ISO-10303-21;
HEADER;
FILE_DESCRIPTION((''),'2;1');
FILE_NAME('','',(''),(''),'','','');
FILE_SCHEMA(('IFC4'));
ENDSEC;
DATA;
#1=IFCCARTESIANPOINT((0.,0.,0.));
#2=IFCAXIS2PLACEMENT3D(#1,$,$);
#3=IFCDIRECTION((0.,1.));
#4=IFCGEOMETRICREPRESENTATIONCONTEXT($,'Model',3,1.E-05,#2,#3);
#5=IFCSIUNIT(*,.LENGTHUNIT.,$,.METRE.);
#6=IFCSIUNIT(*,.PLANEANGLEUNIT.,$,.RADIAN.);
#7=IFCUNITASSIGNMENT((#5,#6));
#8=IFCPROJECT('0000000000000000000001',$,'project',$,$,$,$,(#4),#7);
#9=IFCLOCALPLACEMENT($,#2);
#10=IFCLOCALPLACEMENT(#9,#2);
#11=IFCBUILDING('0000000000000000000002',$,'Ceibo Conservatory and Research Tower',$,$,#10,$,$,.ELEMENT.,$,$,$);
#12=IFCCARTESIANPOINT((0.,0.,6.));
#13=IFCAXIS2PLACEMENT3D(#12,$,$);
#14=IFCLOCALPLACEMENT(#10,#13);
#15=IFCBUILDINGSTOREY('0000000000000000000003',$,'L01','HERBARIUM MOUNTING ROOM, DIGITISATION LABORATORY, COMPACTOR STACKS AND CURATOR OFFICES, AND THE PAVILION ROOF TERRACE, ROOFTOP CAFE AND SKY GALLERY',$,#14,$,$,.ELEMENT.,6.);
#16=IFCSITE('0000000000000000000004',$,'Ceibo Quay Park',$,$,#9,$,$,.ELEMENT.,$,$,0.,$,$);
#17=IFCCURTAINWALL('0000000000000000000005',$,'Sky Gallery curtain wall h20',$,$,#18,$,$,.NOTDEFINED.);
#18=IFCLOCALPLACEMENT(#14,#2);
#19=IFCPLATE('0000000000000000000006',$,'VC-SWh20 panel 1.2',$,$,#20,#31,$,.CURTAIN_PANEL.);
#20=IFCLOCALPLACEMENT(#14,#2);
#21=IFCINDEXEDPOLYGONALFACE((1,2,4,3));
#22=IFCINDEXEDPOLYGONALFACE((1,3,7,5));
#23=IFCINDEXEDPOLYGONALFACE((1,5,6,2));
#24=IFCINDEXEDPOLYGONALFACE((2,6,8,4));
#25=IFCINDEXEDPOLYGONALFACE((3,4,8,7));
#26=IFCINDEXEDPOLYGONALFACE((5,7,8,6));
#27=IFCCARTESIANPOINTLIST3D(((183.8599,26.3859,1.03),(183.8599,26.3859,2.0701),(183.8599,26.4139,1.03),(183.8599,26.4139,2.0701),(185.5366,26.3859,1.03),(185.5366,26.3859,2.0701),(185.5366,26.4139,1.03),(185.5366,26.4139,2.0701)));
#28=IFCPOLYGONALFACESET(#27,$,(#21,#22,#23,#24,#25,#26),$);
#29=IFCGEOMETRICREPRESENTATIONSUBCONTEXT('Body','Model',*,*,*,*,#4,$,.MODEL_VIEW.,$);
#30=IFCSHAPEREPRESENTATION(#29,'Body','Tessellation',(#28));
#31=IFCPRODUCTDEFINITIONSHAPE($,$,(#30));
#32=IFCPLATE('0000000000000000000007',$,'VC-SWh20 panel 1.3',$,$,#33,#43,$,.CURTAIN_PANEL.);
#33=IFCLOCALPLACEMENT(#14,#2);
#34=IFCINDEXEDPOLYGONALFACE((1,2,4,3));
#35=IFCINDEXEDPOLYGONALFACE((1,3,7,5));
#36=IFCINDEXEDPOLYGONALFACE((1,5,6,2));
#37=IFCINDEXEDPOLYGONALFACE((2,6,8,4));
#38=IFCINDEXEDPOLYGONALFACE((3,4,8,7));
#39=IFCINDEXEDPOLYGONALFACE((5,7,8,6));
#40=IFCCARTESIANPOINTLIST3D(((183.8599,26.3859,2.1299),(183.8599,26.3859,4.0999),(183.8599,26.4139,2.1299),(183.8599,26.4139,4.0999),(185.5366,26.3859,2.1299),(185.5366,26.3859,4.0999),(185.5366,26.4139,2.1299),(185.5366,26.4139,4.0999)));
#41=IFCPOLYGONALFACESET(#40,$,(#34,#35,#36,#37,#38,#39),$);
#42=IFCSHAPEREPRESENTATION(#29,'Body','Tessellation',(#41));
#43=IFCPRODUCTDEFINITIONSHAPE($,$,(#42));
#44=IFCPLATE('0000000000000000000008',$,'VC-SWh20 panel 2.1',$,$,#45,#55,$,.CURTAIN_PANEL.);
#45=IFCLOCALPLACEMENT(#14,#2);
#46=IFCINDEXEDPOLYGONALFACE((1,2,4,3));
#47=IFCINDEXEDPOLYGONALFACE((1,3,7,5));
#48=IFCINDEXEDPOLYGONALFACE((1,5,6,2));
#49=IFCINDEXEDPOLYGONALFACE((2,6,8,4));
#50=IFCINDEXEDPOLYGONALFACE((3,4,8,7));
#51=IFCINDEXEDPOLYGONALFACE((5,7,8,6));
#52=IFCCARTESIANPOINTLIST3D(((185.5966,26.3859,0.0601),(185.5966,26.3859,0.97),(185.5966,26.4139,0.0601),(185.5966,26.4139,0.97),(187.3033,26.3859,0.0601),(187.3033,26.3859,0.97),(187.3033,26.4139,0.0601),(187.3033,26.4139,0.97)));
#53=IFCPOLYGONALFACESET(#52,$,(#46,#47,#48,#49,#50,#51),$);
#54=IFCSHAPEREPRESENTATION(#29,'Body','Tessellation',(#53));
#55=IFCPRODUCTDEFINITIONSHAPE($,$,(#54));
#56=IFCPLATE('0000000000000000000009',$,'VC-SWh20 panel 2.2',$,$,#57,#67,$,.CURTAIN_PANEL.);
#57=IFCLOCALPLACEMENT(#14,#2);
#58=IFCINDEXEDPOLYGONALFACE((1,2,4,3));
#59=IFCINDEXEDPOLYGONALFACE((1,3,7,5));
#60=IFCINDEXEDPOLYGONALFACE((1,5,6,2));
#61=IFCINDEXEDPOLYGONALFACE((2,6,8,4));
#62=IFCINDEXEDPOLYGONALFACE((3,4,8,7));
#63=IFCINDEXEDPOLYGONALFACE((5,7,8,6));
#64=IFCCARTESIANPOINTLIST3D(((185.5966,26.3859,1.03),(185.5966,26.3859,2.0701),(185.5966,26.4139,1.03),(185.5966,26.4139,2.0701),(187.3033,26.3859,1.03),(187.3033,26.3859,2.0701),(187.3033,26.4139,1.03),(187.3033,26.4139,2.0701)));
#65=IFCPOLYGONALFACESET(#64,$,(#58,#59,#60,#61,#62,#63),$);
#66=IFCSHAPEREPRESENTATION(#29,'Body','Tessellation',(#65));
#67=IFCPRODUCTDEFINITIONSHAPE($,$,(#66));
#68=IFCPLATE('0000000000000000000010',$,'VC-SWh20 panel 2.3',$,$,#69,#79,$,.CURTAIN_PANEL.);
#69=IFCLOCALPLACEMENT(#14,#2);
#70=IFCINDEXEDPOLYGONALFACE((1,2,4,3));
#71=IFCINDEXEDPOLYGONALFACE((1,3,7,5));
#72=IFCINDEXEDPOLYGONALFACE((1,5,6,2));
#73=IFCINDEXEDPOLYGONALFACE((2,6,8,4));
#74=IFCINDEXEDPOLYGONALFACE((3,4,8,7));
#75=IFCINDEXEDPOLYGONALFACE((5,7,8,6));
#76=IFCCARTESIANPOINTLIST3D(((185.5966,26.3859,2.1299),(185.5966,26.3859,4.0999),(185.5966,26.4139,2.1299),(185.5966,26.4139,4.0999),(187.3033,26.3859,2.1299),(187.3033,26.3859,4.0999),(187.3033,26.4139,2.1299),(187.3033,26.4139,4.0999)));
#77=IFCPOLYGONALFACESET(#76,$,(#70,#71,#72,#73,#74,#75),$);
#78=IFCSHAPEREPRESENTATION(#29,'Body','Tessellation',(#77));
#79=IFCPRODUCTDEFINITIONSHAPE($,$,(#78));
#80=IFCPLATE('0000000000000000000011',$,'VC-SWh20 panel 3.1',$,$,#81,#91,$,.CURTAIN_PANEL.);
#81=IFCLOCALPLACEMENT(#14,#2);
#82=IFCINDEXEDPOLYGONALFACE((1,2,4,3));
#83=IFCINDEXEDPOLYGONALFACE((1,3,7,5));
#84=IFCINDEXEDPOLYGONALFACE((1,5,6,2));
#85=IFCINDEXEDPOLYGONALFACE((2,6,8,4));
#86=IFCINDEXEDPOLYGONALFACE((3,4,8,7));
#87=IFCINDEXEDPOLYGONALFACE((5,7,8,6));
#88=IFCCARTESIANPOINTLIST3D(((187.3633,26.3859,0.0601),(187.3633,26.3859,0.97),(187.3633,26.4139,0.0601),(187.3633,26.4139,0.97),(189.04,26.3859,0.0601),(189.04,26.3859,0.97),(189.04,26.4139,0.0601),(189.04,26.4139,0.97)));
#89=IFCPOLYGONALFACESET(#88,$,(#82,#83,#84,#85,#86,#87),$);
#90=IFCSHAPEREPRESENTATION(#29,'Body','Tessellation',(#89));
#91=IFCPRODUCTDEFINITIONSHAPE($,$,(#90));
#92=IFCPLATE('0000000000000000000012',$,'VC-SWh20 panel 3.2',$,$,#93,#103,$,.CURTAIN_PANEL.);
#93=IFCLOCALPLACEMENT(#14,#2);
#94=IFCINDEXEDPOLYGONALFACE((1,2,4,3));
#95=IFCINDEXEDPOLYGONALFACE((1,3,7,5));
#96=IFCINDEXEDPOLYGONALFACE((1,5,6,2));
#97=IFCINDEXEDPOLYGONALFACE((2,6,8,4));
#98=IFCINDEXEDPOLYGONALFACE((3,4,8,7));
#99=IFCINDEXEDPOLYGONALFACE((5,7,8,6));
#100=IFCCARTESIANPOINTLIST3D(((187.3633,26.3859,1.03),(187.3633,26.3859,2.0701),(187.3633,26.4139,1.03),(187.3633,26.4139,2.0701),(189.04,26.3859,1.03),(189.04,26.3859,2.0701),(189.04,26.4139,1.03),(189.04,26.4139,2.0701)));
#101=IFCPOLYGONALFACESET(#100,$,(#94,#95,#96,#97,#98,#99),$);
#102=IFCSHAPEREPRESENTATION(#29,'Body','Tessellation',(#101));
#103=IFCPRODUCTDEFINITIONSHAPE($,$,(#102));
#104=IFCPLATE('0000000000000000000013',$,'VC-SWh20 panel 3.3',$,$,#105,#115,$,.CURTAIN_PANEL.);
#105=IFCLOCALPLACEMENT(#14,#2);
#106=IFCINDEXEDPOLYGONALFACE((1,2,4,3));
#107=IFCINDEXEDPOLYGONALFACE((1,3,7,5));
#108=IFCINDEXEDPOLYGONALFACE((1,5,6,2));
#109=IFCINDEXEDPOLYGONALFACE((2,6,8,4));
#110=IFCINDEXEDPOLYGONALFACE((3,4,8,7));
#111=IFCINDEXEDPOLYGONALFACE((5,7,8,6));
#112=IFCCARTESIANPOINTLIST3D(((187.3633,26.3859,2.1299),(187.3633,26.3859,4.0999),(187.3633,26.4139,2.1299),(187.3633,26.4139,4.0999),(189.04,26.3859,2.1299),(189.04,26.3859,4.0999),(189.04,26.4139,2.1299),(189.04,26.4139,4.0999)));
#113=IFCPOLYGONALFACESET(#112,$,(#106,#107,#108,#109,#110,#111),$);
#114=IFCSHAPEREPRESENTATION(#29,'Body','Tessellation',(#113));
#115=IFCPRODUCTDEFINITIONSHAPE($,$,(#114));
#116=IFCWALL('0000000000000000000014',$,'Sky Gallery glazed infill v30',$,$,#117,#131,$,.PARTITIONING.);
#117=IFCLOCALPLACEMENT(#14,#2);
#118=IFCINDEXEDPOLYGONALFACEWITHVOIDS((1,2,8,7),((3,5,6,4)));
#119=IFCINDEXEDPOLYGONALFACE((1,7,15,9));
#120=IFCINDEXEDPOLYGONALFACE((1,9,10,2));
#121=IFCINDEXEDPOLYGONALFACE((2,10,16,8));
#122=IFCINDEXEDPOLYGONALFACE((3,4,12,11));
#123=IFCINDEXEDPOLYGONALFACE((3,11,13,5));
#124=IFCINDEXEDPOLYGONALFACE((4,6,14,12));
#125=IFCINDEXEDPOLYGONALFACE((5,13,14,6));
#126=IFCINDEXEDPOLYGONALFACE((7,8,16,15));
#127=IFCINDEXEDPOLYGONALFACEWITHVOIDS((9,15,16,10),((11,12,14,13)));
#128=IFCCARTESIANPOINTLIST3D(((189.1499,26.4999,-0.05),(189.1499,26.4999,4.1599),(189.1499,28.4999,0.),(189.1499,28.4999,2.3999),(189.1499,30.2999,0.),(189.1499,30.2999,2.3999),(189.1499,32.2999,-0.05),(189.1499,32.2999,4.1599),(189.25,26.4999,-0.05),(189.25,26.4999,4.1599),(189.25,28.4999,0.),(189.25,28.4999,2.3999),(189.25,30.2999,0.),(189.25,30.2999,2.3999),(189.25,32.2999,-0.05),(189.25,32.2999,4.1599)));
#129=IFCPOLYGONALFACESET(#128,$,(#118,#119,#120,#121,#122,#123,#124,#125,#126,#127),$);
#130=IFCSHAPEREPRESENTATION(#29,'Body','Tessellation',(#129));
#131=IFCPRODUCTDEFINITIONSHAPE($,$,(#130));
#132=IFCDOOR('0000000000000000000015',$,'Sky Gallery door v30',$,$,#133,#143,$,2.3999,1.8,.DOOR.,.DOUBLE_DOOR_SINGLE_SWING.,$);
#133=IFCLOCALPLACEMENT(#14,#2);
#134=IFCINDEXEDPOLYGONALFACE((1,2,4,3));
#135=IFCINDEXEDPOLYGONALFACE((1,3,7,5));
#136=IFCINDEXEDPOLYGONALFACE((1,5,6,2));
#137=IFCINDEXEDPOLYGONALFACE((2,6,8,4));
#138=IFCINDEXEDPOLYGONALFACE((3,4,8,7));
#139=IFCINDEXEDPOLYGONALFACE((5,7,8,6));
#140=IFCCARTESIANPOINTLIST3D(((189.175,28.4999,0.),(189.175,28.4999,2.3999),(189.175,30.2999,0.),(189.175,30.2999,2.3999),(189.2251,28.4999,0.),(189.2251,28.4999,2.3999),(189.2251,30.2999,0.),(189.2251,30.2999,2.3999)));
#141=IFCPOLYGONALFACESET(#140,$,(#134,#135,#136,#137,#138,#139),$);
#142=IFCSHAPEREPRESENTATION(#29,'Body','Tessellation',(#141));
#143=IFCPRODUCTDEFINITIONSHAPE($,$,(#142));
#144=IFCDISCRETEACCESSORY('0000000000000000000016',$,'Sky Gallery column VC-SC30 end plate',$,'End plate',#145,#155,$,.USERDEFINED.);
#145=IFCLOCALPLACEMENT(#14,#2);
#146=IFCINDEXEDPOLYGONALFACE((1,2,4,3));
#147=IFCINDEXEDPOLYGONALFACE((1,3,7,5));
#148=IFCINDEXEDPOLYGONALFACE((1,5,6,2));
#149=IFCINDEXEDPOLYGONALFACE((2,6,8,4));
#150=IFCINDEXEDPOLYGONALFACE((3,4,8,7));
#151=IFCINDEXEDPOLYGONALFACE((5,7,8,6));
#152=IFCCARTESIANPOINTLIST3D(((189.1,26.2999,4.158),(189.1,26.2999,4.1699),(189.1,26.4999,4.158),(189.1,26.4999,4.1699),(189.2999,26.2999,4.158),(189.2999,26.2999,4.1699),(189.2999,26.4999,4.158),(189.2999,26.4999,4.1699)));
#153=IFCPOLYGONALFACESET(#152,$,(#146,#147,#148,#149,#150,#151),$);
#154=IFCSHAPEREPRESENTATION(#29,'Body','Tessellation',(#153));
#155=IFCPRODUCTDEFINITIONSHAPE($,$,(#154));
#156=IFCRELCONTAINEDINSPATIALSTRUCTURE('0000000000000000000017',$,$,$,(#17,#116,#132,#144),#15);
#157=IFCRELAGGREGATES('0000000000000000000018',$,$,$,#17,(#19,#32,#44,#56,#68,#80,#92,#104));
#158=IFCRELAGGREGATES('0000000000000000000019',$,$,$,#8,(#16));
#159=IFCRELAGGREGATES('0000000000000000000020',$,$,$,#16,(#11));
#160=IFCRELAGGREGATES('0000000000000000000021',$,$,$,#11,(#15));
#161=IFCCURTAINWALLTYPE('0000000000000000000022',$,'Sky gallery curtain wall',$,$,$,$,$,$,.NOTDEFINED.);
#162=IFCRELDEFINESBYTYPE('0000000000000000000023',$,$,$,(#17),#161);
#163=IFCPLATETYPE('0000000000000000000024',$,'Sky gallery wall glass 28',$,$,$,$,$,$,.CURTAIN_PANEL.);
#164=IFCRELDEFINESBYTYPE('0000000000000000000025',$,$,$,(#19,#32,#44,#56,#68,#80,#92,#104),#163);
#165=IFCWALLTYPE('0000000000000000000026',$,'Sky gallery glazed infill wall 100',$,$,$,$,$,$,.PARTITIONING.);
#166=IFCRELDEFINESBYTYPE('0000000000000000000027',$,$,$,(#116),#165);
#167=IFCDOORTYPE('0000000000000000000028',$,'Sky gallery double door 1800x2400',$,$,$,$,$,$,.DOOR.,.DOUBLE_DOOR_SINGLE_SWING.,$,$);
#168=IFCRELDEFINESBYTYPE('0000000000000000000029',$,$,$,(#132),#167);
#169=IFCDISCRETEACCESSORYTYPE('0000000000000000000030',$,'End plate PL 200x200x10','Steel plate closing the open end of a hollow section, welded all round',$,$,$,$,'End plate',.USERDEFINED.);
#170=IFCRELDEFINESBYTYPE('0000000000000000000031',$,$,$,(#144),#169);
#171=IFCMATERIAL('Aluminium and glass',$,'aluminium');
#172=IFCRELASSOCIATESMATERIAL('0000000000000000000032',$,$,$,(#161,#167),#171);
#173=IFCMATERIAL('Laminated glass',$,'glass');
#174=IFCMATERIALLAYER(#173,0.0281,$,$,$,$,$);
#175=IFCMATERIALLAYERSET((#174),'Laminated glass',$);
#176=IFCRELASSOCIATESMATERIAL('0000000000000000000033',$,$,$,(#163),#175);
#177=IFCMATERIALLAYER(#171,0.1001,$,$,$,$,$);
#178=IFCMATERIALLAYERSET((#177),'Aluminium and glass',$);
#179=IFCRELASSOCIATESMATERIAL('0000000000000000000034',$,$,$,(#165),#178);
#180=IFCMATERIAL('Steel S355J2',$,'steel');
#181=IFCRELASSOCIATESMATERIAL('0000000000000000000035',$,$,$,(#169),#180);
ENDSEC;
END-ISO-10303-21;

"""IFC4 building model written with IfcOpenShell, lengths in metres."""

from ifc_helpers import new_model, si_unit, direction, frame, frame_2d, origin, origin_2d, place, context, subcontext, project, spatial, rectangle, extrude, material, layer, layer_set, material_profile, profile_set, type_object, element, fill, aggregate, save


model = new_model("IFC4")

# Units and contexts
model_context = context("Model", 3, precision=1e-05, world=origin(), true_north=direction((0.0, 1.0)))
body_context = subcontext(model_context, "Body", "Model", "MODEL_VIEW")
ifc_project = project(units=[si_unit("LENGTHUNIT", "METRE"), si_unit("PLANEANGLEUNIT", "RADIAN")], contexts=[model_context])

# Site, building, storey
site_placement = place(None, origin())
site = spatial("IfcSite", under=ifc_project, at=site_placement, Name="Ceibo Quay Park", CompositionType="ELEMENT", RefElevation=0.0)
building_placement = place(site_placement, origin())
building = spatial("IfcBuilding", under=site, at=building_placement, Name="Ceibo Conservatory and Research Tower", CompositionType="ELEMENT")
storey_placement = place(building_placement, frame((0.0, 0.0, 6.0)))
storey = spatial("IfcBuildingStorey", under=building, at=storey_placement, Name="L01", Description="HERBARIUM MOUNTING ROOM, DIGITISATION LABORATORY, COMPACTOR STACKS AND CURATOR OFFICES, AND THE PAVILION ROOF TERRACE, ROOFTOP CAFE AND SKY GALLERY", CompositionType="ELEMENT", Elevation=6.0)

# Shared definitions
ifc_material_1 = material(Name="Steel S355J2", Category="steel")

# Curtain wall, plates
ifc_material_2 = material(Name="Aluminium and glass", Category="aluminium")
curtain_wall_type = type_object("IfcCurtainWallType", Name="Sky gallery curtain wall", PredefinedType="NOTDEFINED", material=ifc_material_2)
curtain_wall_placement = place(storey_placement, origin())
curtain_wall = element("IfcCurtainWall", 1, at=curtain_wall_placement, inside=storey, type_object=curtain_wall_type, Name="Sky Gallery curtain wall h20", PredefinedType="NOTDEFINED")
ifc_material_3 = material(Name="Laminated glass", Category="glass")
ifc_layer_1 = layer(ifc_material_3, 0.0281)
ifc_layer_set_1 = layer_set([ifc_layer_1], Name="Laminated glass")
plate_type = type_object("IfcPlateType", Name="Sky gallery wall glass 28", PredefinedType="CURTAIN_PANEL", material=ifc_layer_set_1)
plate_1_placement = place(storey_placement, frame((184.6982, 26.3999, 1.03), z_axis=(0.0, 0.0, 1.0), x_axis=(1.0, 0.0, 0.0)))
plate_1 = element("IfcPlate", 2, at=plate_1_placement, type_object=plate_type, Name="VC-SWh20 panel 1.2", PredefinedType="CURTAIN_PANEL", context=body_context, shape_type="SweptSolid", body=[
    extrude(rectangle(XDim=1.6768, YDim=0.0281, at=origin_2d()), origin(), (0.0, 0.0, 1.0), 1.04),
])
plate_2_placement = place(storey_placement, frame((184.6982, 26.3999, 2.1299), z_axis=(0.0, 0.0, 1.0), x_axis=(1.0, 0.0, 0.0)))
plate_2 = element("IfcPlate", 3, at=plate_2_placement, type_object=plate_type, Name="VC-SWh20 panel 1.3", PredefinedType="CURTAIN_PANEL", context=body_context, shape_type="SweptSolid", body=[
    extrude(rectangle(XDim=1.6768, YDim=0.0281, at=origin_2d()), origin(), (0.0, 0.0, 1.0), 1.97),
])
plate_3_placement = place(storey_placement, frame((186.45, 26.3999, 0.0601), z_axis=(0.0, 0.0, 1.0), x_axis=(1.0, 0.0, 0.0)))
plate_3 = element("IfcPlate", 4, at=plate_3_placement, type_object=plate_type, Name="VC-SWh20 panel 2.1", PredefinedType="CURTAIN_PANEL", context=body_context, shape_type="SweptSolid", body=[
    extrude(rectangle(XDim=1.7068, YDim=0.0281, at=origin_2d()), origin(), (0.0, 0.0, 1.0), 0.9099),
])
plate_4_placement = place(storey_placement, frame((186.45, 26.3999, 1.03), z_axis=(0.0, 0.0, 1.0), x_axis=(1.0, 0.0, 0.0)))
plate_4 = element("IfcPlate", 5, at=plate_4_placement, type_object=plate_type, Name="VC-SWh20 panel 2.2", PredefinedType="CURTAIN_PANEL", context=body_context, shape_type="SweptSolid", body=[
    extrude(rectangle(XDim=1.7068, YDim=0.0281, at=origin_2d()), origin(), (0.0, 0.0, 1.0), 1.04),
])
plate_5_placement = place(storey_placement, frame((186.45, 26.3999, 2.1299), z_axis=(0.0, 0.0, 1.0), x_axis=(1.0, 0.0, 0.0)))
plate_5 = element("IfcPlate", 6, at=plate_5_placement, type_object=plate_type, Name="VC-SWh20 panel 2.3", PredefinedType="CURTAIN_PANEL", context=body_context, shape_type="SweptSolid", body=[
    extrude(rectangle(XDim=1.7068, YDim=0.0281, at=origin_2d()), origin(), (0.0, 0.0, 1.0), 1.97),
])
plate_6_placement = place(storey_placement, frame((188.2017, 26.3999, 0.0601), z_axis=(0.0, 0.0, 1.0), x_axis=(1.0, 0.0, 0.0)))
plate_6 = element("IfcPlate", 7, at=plate_6_placement, type_object=plate_type, Name="VC-SWh20 panel 3.1", PredefinedType="CURTAIN_PANEL", context=body_context, shape_type="SweptSolid", body=[
    extrude(rectangle(XDim=1.6768, YDim=0.0281, at=origin_2d()), origin(), (0.0, 0.0, 1.0), 0.9099),
])
plate_7_placement = place(storey_placement, frame((188.2017, 26.3999, 1.03), z_axis=(0.0, 0.0, 1.0), x_axis=(1.0, 0.0, 0.0)))
plate_7 = element("IfcPlate", 8, at=plate_7_placement, type_object=plate_type, Name="VC-SWh20 panel 3.2", PredefinedType="CURTAIN_PANEL", context=body_context, shape_type="SweptSolid", body=[
    extrude(rectangle(XDim=1.6768, YDim=0.0281, at=origin_2d()), origin(), (0.0, 0.0, 1.0), 1.04),
])
plate_8_placement = place(storey_placement, frame((188.2017, 26.3999, 2.1299), z_axis=(0.0, 0.0, 1.0), x_axis=(1.0, 0.0, 0.0)))
plate_8 = element("IfcPlate", 9, at=plate_8_placement, type_object=plate_type, Name="VC-SWh20 panel 3.3", PredefinedType="CURTAIN_PANEL", context=body_context, shape_type="SweptSolid", body=[
    extrude(rectangle(XDim=1.6768, YDim=0.0281, at=origin_2d()), origin(), (0.0, 0.0, 1.0), 1.97),
])
aggregate(curtain_wall, [plate_1, plate_2, plate_3, plate_4, plate_5, plate_6, plate_7, plate_8])

# Wall, opening, door
ifc_layer_2 = layer(ifc_material_2, 0.1001)
ifc_layer_set_2 = layer_set([ifc_layer_2], Name="Aluminium and glass")
wall_type = type_object("IfcWallType", Name="Sky gallery glazed infill wall 100", PredefinedType="PARTITIONING", material=ifc_layer_set_2)
wall_placement = place(storey_placement, frame((189.2, 26.5, -0.05), z_axis=(0.0, 0.0, 1.0), x_axis=(0.0, 1.0, 0.0)))
wall = element("IfcWall", 10, at=wall_placement, inside=storey, type_object=wall_type, Name="Sky Gallery glazed infill v30", PredefinedType="PARTITIONING", context=body_context, shape_type="SweptSolid", body=[
    extrude(rectangle(XDim=5.8, YDim=0.1001, at=frame_2d((2.8999, 0.0))), origin(), (0.0, 0.0, 1.0), 4.21),
])
opening_placement = place(wall_placement, frame((2.0, 0.0, 0.05)))
opening = element("IfcOpeningElement", 11, at=opening_placement, cuts=wall, PredefinedType="OPENING", context=body_context, shape_type="SweptSolid", body=[
    extrude(rectangle(XDim=1.8, YDim=2.3999, at=frame_2d((0.8999, 1.2))), frame((0.0, 0.0601, 0.0), z_axis=(0.0, -1.0, 0.0), x_axis=(1.0, 0.0, 0.0)), (0.0, 0.0, 1.0), 0.1201),
])
door_type = type_object("IfcDoorType", Name="Sky gallery double door 1800x2400", OperationType="DOUBLE_DOOR_SINGLE_SWING", PredefinedType="DOOR", material=ifc_material_2)
door_placement = place(opening_placement, origin())
door = element("IfcDoor", 12, at=door_placement, inside=storey, type_object=door_type, Name="Sky Gallery door v30", OperationType="DOUBLE_DOOR_SINGLE_SWING", OverallHeight=2.3999, OverallWidth=1.8, PredefinedType="DOOR", context=body_context, shape_type="SweptSolid", body=[
    extrude(rectangle(XDim=1.8, YDim=2.3999, at=frame_2d((0.8999, 1.2))), frame((0.0, 0.0249, 0.0), z_axis=(0.0, -1.0, 0.0), x_axis=(1.0, 0.0, 0.0)), (0.0, 0.0, 1.0), 0.05),
])
fill(opening, door)

# Discrete accessory
ifc_material_profile_1 = material_profile(ifc_material_1, rectangle(XDim=0.2, YDim=0.2, at=origin_2d()), Name="End plate PL 200x200x10")
ifc_profile_set_1 = profile_set([ifc_material_profile_1], Name="Steel S355J2")
discrete_accessory_type = type_object("IfcDiscreteAccessoryType", Name="End plate PL 200x200x10", Description="Steel plate closing the open end of a hollow section, welded all round", ElementType="End plate", PredefinedType="USERDEFINED", material=ifc_profile_set_1)
discrete_accessory_placement = place(storey_placement, frame((189.2, 26.3999, 4.158), z_axis=(0.0, 0.0, 1.0), x_axis=(1.0, 0.0, 0.0)))
element("IfcDiscreteAccessory", 13, at=discrete_accessory_placement, inside=storey, type_object=discrete_accessory_type, Name="Sky Gallery column VC-SC30 end plate", ObjectType="End plate", PredefinedType="USERDEFINED", context=body_context, shape_type="SweptSolid", body=[
    extrude(rectangle(XDim=0.2, YDim=0.2, at=origin_2d()), origin(), (0.0, 0.0, 1.0), 0.012),
])

save(model, "model.ifc")
